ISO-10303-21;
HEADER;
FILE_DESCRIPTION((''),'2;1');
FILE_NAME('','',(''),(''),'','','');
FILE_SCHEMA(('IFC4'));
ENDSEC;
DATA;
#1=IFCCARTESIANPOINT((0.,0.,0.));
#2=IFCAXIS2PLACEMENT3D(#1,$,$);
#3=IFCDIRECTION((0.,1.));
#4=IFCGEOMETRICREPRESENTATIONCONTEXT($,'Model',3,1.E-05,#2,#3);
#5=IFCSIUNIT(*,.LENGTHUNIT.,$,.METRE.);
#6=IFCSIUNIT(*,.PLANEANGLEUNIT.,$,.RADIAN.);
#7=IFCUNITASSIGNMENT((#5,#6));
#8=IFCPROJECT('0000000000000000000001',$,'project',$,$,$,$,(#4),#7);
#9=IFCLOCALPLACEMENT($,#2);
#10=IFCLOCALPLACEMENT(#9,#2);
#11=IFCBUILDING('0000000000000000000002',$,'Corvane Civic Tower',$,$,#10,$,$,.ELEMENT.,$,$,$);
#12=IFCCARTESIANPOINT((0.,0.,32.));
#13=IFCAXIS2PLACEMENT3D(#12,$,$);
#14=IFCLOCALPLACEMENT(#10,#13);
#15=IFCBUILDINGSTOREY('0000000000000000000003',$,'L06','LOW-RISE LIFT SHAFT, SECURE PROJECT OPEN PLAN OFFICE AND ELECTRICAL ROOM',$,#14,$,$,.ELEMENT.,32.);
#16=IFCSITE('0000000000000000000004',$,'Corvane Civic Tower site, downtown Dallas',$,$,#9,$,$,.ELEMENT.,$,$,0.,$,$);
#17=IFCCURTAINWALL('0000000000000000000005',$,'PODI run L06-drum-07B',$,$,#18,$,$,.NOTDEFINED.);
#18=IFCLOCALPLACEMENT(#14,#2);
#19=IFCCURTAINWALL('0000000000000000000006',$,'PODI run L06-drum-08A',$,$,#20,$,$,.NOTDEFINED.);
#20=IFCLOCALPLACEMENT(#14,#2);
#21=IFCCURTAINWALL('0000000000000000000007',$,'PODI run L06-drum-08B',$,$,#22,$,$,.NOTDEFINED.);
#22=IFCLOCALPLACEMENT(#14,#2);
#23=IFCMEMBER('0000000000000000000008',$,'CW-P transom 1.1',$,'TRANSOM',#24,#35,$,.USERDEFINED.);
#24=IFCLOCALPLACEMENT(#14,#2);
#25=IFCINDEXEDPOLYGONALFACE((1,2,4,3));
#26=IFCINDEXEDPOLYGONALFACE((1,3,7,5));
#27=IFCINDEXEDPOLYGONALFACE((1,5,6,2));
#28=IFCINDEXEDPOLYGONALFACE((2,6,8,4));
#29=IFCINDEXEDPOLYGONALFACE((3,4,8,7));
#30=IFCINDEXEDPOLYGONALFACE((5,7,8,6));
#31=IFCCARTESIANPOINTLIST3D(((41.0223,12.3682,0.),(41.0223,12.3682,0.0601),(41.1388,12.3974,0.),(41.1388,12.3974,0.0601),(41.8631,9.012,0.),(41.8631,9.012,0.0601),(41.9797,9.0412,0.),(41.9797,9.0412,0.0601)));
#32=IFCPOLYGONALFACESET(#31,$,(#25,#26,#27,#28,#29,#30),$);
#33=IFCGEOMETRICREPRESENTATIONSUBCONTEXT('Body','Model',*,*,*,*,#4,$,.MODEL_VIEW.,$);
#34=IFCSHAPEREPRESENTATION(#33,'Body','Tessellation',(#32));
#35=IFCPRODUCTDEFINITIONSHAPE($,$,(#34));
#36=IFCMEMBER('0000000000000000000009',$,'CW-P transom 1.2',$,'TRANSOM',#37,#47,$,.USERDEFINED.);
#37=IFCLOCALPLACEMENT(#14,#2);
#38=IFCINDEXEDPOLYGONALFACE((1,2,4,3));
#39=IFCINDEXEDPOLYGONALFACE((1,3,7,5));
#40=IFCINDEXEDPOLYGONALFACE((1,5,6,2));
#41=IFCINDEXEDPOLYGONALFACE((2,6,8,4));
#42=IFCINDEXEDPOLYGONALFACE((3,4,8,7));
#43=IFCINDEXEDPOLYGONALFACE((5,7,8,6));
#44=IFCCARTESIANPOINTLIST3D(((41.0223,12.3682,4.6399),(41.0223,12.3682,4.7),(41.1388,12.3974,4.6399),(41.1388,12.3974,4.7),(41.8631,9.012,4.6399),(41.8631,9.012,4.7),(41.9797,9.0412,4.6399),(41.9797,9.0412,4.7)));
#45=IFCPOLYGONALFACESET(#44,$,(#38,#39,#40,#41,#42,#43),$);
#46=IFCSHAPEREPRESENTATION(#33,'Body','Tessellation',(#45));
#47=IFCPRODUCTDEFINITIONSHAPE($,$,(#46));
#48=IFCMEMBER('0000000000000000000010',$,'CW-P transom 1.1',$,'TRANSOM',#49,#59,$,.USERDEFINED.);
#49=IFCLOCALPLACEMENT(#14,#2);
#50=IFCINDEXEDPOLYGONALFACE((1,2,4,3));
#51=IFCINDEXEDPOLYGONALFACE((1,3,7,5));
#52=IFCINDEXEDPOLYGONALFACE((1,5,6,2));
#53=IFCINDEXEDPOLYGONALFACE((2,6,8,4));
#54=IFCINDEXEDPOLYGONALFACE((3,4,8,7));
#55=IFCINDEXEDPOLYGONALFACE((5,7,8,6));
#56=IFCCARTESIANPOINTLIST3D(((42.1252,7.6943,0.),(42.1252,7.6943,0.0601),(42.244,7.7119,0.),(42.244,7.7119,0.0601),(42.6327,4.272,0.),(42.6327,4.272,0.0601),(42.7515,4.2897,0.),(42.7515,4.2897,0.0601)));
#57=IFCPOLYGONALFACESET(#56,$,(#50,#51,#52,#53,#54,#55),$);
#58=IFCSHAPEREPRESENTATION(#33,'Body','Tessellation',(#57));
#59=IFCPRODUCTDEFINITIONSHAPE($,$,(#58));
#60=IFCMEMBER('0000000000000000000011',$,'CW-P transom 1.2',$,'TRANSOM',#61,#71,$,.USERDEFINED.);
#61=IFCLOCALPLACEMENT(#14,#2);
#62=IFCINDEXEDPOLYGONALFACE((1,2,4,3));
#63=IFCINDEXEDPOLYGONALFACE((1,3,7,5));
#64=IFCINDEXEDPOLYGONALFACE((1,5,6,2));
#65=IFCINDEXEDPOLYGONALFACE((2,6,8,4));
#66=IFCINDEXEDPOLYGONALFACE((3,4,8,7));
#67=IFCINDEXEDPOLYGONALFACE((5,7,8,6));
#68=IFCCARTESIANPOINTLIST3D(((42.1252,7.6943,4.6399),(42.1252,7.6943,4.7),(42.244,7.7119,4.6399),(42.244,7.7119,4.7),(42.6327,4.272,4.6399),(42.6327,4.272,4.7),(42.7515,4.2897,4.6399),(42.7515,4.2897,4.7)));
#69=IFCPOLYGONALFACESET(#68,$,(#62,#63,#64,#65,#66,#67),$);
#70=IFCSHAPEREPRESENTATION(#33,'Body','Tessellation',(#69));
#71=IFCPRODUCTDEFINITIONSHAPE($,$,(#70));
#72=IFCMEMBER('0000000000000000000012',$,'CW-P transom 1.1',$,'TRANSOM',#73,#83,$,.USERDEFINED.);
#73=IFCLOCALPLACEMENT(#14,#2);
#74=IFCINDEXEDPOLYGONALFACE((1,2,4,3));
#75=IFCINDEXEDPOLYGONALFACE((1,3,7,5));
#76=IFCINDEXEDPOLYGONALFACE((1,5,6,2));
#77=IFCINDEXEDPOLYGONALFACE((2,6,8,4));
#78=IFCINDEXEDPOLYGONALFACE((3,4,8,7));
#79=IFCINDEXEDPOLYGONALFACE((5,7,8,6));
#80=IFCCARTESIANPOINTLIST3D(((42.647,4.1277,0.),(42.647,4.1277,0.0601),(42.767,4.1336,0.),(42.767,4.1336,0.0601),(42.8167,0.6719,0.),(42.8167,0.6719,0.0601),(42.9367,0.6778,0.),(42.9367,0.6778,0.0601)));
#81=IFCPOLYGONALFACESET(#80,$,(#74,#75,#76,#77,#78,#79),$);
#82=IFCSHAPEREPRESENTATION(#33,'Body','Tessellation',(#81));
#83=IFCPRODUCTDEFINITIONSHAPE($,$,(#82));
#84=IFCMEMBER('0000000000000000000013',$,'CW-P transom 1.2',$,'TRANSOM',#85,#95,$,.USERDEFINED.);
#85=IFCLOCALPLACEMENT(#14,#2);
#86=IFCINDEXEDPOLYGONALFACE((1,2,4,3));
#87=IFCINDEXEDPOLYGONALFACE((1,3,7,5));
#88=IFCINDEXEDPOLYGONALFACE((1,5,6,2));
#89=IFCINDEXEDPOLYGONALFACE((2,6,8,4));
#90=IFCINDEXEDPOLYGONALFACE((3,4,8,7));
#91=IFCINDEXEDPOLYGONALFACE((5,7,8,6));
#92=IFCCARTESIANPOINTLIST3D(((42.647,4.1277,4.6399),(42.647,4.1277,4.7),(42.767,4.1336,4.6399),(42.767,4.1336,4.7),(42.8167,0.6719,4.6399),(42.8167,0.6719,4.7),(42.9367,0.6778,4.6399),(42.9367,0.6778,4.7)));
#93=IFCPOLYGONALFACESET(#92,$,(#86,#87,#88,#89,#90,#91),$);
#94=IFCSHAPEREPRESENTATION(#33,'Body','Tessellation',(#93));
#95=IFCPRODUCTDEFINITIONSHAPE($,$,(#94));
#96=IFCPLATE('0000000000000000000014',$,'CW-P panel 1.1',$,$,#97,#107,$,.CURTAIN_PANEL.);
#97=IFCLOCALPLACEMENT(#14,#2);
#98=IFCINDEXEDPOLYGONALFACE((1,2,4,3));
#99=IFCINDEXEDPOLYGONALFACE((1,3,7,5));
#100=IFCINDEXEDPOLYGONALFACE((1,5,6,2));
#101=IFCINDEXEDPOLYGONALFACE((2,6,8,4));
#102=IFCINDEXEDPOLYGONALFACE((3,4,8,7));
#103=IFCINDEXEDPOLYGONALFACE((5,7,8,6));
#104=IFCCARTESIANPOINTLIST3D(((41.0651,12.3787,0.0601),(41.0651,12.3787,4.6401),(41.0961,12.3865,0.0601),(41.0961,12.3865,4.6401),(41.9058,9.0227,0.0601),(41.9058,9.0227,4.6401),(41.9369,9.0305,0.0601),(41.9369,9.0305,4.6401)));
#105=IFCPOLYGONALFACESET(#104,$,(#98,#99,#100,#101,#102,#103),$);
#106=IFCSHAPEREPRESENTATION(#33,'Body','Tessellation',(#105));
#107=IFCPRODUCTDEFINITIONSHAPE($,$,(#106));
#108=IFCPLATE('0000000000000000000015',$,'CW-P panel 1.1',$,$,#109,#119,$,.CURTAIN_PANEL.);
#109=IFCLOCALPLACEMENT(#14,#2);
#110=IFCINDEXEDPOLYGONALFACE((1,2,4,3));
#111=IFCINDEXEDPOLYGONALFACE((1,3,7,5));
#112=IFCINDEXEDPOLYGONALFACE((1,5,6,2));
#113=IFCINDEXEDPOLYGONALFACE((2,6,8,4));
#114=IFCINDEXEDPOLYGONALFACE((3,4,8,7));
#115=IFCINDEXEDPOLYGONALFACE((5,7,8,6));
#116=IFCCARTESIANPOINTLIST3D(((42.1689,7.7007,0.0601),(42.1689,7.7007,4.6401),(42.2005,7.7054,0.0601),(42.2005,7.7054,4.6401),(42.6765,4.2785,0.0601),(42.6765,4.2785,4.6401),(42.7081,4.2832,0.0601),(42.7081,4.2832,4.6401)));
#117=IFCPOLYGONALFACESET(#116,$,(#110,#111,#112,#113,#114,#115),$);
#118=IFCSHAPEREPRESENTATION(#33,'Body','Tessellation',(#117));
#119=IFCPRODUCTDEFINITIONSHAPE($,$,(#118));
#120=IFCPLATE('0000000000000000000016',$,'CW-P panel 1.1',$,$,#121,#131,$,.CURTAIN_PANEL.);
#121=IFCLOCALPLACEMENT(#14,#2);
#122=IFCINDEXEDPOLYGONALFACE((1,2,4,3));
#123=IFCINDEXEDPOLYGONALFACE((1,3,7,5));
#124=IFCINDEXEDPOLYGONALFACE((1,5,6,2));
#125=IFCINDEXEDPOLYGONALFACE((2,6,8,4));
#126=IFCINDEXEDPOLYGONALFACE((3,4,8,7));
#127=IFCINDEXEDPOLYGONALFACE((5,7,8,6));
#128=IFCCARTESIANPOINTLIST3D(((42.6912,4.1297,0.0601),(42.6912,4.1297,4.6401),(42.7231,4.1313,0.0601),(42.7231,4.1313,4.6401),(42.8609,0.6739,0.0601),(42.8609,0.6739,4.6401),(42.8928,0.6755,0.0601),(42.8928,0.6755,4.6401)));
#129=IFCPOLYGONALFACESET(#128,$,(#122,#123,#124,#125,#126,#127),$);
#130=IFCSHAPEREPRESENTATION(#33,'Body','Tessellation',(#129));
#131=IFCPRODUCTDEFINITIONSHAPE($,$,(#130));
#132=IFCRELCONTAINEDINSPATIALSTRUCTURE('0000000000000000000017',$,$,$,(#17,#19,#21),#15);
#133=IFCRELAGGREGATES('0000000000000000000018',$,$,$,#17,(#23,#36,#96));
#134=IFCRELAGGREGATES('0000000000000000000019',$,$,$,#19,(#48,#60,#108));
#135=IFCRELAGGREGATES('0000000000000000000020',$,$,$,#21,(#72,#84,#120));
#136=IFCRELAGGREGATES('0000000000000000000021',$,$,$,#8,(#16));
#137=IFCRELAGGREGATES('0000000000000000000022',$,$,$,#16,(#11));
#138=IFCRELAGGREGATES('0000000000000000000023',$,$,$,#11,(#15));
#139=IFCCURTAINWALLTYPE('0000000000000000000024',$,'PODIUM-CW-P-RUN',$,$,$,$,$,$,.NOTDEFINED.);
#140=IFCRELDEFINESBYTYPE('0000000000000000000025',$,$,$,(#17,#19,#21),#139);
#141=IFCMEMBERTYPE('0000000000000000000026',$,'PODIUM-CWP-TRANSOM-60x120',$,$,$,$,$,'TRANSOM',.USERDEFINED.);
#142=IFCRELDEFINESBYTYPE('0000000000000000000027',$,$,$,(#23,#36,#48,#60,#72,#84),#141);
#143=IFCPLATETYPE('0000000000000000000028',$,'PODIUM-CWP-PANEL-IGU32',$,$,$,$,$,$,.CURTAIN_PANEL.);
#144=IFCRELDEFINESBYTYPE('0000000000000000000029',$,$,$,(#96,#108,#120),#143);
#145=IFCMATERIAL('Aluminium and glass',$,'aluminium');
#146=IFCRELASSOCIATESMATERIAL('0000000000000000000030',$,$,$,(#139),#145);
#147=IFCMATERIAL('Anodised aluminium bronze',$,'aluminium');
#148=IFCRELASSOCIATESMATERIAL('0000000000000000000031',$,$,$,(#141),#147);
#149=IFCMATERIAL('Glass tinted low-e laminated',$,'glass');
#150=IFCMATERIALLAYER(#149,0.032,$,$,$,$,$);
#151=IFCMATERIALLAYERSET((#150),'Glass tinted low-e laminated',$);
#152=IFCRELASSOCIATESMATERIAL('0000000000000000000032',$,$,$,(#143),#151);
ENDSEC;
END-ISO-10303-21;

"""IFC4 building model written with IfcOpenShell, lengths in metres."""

from ifc_helpers import new_model, si_unit, direction, frame, origin, origin_2d, place, context, subcontext, project, spatial, rectangle, extrude, material, layer, layer_set, material_profile, profile_set, type_object, element, aggregate, save


model = new_model("IFC4")

# Units and contexts
model_context = context("Model", 3, precision=1e-05, world=origin(), true_north=direction((0.0, 1.0)))
body_context = subcontext(model_context, "Body", "Model", "MODEL_VIEW")
ifc_project = project(units=[si_unit("LENGTHUNIT", "METRE"), si_unit("PLANEANGLEUNIT", "RADIAN")], contexts=[model_context])

# Site, building, storey
site_placement = place(None, origin())
site = spatial("IfcSite", under=ifc_project, at=site_placement, Name="Corvane Civic Tower site, downtown Dallas", CompositionType="ELEMENT", RefElevation=0.0)
building_placement = place(site_placement, origin())
building = spatial("IfcBuilding", under=site, at=building_placement, Name="Corvane Civic Tower", CompositionType="ELEMENT")
storey_placement = place(building_placement, frame((0.0, 0.0, 32.0)))
storey = spatial("IfcBuildingStorey", under=building, at=storey_placement, Name="L06", Description="LOW-RISE LIFT SHAFT, SECURE PROJECT OPEN PLAN OFFICE AND ELECTRICAL ROOM", CompositionType="ELEMENT", Elevation=32.0)

# Curtain walls
ifc_material_1 = material(Name="Aluminium and glass", Category="aluminium")
curtain_wall_type = type_object("IfcCurtainWallType", Name="PODIUM-CW-P-RUN", PredefinedType="NOTDEFINED", material=ifc_material_1)
curtain_wall_1_placement = place(storey_placement, origin())
curtain_wall_1 = element("IfcCurtainWall", 1, at=curtain_wall_1_placement, inside=storey, type_object=curtain_wall_type, Name="PODI run L06-drum-07B", PredefinedType="NOTDEFINED")
curtain_wall_2_placement = place(storey_placement, origin())
curtain_wall_2 = element("IfcCurtainWall", 2, at=curtain_wall_2_placement, inside=storey, type_object=curtain_wall_type, Name="PODI run L06-drum-08A", PredefinedType="NOTDEFINED")
curtain_wall_3_placement = place(storey_placement, origin())
curtain_wall_3 = element("IfcCurtainWall", 3, at=curtain_wall_3_placement, inside=storey, type_object=curtain_wall_type, Name="PODI run L06-drum-08B", PredefinedType="NOTDEFINED")

# Members
ifc_material_2 = material(Name="Anodised aluminium bronze", Category="aluminium")
ifc_material_profile_1 = material_profile(ifc_material_2, rectangle(XDim=0.1201, YDim=0.0601, at=origin_2d()), Name="AL 120x60")
ifc_profile_set_1 = profile_set([ifc_material_profile_1], Name="Anodised aluminium bronze")
member_type_1 = type_object("IfcMemberType", Name="PODIUM-CWP-TRANSOM-60x120", ElementType="TRANSOM", PredefinedType="USERDEFINED", material=ifc_profile_set_1)
member_1_placement = place(storey_placement, frame((41.0806, 12.3828, 0.03), z_axis=(0.243017, -0.970022, 0.0), x_axis=(0.970022, 0.243017, 0.0)))
member_1 = element("IfcMember", 4, at=member_1_placement, type_object=member_type_1, Name="CW-P transom 1.1", ObjectType="TRANSOM", PredefinedType="USERDEFINED", context=body_context, shape_type="SweptSolid", body=[
    extrude(rectangle(XDim=0.1201, YDim=0.0601, at=origin_2d()), origin(), (0.0, 0.0, 1.0), 3.46),
])
member_2_placement = place(storey_placement, frame((41.0806, 12.3828, 4.6699), z_axis=(0.243017, -0.970022, 0.0), x_axis=(0.970022, 0.243017, 0.0)))
member_2 = element("IfcMember", 5, at=member_2_placement, type_object=member_type_1, Name="CW-P transom 1.2", ObjectType="TRANSOM", PredefinedType="USERDEFINED", context=body_context, shape_type="SweptSolid", body=[
    extrude(rectangle(XDim=0.1201, YDim=0.0601, at=origin_2d()), origin(), (0.0, 0.0, 1.0), 3.46),
])
member_3_placement = place(storey_placement, frame((42.1846, 7.7031, 0.03), z_axis=(0.146705, -0.98918, 0.0), x_axis=(0.98918, 0.146705, 0.0)))
member_3 = element("IfcMember", 6, at=member_3_placement, type_object=member_type_1, Name="CW-P transom 1.1", ObjectType="TRANSOM", PredefinedType="USERDEFINED", context=body_context, shape_type="SweptSolid", body=[
    extrude(rectangle(XDim=0.1201, YDim=0.0601, at=origin_2d()), origin(), (0.0, 0.0, 1.0), 3.4597),
])
member_4_placement = place(storey_placement, frame((42.1846, 7.7031, 4.6699), z_axis=(0.146705, -0.98918, 0.0), x_axis=(0.98918, 0.146705, 0.0)))
member_4 = element("IfcMember", 7, at=member_4_placement, type_object=member_type_1, Name="CW-P transom 1.2", ObjectType="TRANSOM", PredefinedType="USERDEFINED", context=body_context, shape_type="SweptSolid", body=[
    extrude(rectangle(XDim=0.1201, YDim=0.0601, at=origin_2d()), origin(), (0.0, 0.0, 1.0), 3.4597),
])
member_5_placement = place(storey_placement, frame((42.707, 4.1306, 0.03), z_axis=(0.04904, -0.998797, 0.0), x_axis=(0.998797, 0.04904, 0.0)))
member_5 = element("IfcMember", 8, at=member_5_placement, type_object=member_type_1, Name="CW-P transom 1.1", ObjectType="TRANSOM", PredefinedType="USERDEFINED", context=body_context, shape_type="SweptSolid", body=[
    extrude(rectangle(XDim=0.1201, YDim=0.0601, at=origin_2d()), origin(), (0.0, 0.0, 1.0), 3.46),
])
member_6_placement = place(storey_placement, frame((42.707, 4.1306, 4.6699), z_axis=(0.04904, -0.998797, 0.0), x_axis=(0.998797, 0.04904, 0.0)))
member_6 = element("IfcMember", 9, at=member_6_placement, type_object=member_type_1, Name="CW-P transom 1.2", ObjectType="TRANSOM", PredefinedType="USERDEFINED", context=body_context, shape_type="SweptSolid", body=[
    extrude(rectangle(XDim=0.1201, YDim=0.0601, at=origin_2d()), origin(), (0.0, 0.0, 1.0), 3.46),
])

# Plates
ifc_material_3 = material(Name="Glass tinted low-e laminated", Category="glass")
ifc_layer = layer(ifc_material_3, 0.032)
ifc_layer_set = layer_set([ifc_layer], Name="Glass tinted low-e laminated")
plate_type = type_object("IfcPlateType", Name="PODIUM-CWP-PANEL-IGU32", PredefinedType="CURTAIN_PANEL", material=ifc_layer_set)
plate_1_placement = place(storey_placement, frame((41.501, 10.7046, 0.0601), z_axis=(0.0, 0.0, 1.0), x_axis=(0.243009, -0.970024, 0.0)))
plate_1 = element("IfcPlate", 10, at=plate_1_placement, type_object=plate_type, Name="CW-P panel 1.1", PredefinedType="CURTAIN_PANEL", context=body_context, shape_type="SweptSolid", body=[
    extrude(rectangle(XDim=3.4597, YDim=0.032, at=origin_2d()), origin(), (0.0, 0.0, 1.0), 4.5801),
])
aggregate(curtain_wall_1, [member_1, member_2, plate_1])
plate_2_placement = place(storey_placement, frame((42.4385, 5.9919, 0.0601), z_axis=(0.0, 0.0, 1.0), x_axis=(0.146715, -0.989179, 0.0)))
plate_2 = element("IfcPlate", 11, at=plate_2_placement, type_object=plate_type, Name="CW-P panel 1.1", PredefinedType="CURTAIN_PANEL", context=body_context, shape_type="SweptSolid", body=[
    extrude(rectangle(XDim=3.4597, YDim=0.032, at=origin_2d()), origin(), (0.0, 0.0, 1.0), 4.5801),
])
aggregate(curtain_wall_2, [member_3, member_4, plate_2])
plate_3_placement = place(storey_placement, frame((42.792, 2.4026, 0.0601), z_axis=(0.0, 0.0, 1.0), x_axis=(0.04905, -0.998796, 0.0)))
plate_3 = element("IfcPlate", 12, at=plate_3_placement, type_object=plate_type, Name="CW-P panel 1.1", PredefinedType="CURTAIN_PANEL", context=body_context, shape_type="SweptSolid", body=[
    extrude(rectangle(XDim=3.46, YDim=0.032, at=origin_2d()), origin(), (0.0, 0.0, 1.0), 4.5801),
])
aggregate(curtain_wall_3, [member_5, member_6, plate_3])

save(model, "model.ifc")
